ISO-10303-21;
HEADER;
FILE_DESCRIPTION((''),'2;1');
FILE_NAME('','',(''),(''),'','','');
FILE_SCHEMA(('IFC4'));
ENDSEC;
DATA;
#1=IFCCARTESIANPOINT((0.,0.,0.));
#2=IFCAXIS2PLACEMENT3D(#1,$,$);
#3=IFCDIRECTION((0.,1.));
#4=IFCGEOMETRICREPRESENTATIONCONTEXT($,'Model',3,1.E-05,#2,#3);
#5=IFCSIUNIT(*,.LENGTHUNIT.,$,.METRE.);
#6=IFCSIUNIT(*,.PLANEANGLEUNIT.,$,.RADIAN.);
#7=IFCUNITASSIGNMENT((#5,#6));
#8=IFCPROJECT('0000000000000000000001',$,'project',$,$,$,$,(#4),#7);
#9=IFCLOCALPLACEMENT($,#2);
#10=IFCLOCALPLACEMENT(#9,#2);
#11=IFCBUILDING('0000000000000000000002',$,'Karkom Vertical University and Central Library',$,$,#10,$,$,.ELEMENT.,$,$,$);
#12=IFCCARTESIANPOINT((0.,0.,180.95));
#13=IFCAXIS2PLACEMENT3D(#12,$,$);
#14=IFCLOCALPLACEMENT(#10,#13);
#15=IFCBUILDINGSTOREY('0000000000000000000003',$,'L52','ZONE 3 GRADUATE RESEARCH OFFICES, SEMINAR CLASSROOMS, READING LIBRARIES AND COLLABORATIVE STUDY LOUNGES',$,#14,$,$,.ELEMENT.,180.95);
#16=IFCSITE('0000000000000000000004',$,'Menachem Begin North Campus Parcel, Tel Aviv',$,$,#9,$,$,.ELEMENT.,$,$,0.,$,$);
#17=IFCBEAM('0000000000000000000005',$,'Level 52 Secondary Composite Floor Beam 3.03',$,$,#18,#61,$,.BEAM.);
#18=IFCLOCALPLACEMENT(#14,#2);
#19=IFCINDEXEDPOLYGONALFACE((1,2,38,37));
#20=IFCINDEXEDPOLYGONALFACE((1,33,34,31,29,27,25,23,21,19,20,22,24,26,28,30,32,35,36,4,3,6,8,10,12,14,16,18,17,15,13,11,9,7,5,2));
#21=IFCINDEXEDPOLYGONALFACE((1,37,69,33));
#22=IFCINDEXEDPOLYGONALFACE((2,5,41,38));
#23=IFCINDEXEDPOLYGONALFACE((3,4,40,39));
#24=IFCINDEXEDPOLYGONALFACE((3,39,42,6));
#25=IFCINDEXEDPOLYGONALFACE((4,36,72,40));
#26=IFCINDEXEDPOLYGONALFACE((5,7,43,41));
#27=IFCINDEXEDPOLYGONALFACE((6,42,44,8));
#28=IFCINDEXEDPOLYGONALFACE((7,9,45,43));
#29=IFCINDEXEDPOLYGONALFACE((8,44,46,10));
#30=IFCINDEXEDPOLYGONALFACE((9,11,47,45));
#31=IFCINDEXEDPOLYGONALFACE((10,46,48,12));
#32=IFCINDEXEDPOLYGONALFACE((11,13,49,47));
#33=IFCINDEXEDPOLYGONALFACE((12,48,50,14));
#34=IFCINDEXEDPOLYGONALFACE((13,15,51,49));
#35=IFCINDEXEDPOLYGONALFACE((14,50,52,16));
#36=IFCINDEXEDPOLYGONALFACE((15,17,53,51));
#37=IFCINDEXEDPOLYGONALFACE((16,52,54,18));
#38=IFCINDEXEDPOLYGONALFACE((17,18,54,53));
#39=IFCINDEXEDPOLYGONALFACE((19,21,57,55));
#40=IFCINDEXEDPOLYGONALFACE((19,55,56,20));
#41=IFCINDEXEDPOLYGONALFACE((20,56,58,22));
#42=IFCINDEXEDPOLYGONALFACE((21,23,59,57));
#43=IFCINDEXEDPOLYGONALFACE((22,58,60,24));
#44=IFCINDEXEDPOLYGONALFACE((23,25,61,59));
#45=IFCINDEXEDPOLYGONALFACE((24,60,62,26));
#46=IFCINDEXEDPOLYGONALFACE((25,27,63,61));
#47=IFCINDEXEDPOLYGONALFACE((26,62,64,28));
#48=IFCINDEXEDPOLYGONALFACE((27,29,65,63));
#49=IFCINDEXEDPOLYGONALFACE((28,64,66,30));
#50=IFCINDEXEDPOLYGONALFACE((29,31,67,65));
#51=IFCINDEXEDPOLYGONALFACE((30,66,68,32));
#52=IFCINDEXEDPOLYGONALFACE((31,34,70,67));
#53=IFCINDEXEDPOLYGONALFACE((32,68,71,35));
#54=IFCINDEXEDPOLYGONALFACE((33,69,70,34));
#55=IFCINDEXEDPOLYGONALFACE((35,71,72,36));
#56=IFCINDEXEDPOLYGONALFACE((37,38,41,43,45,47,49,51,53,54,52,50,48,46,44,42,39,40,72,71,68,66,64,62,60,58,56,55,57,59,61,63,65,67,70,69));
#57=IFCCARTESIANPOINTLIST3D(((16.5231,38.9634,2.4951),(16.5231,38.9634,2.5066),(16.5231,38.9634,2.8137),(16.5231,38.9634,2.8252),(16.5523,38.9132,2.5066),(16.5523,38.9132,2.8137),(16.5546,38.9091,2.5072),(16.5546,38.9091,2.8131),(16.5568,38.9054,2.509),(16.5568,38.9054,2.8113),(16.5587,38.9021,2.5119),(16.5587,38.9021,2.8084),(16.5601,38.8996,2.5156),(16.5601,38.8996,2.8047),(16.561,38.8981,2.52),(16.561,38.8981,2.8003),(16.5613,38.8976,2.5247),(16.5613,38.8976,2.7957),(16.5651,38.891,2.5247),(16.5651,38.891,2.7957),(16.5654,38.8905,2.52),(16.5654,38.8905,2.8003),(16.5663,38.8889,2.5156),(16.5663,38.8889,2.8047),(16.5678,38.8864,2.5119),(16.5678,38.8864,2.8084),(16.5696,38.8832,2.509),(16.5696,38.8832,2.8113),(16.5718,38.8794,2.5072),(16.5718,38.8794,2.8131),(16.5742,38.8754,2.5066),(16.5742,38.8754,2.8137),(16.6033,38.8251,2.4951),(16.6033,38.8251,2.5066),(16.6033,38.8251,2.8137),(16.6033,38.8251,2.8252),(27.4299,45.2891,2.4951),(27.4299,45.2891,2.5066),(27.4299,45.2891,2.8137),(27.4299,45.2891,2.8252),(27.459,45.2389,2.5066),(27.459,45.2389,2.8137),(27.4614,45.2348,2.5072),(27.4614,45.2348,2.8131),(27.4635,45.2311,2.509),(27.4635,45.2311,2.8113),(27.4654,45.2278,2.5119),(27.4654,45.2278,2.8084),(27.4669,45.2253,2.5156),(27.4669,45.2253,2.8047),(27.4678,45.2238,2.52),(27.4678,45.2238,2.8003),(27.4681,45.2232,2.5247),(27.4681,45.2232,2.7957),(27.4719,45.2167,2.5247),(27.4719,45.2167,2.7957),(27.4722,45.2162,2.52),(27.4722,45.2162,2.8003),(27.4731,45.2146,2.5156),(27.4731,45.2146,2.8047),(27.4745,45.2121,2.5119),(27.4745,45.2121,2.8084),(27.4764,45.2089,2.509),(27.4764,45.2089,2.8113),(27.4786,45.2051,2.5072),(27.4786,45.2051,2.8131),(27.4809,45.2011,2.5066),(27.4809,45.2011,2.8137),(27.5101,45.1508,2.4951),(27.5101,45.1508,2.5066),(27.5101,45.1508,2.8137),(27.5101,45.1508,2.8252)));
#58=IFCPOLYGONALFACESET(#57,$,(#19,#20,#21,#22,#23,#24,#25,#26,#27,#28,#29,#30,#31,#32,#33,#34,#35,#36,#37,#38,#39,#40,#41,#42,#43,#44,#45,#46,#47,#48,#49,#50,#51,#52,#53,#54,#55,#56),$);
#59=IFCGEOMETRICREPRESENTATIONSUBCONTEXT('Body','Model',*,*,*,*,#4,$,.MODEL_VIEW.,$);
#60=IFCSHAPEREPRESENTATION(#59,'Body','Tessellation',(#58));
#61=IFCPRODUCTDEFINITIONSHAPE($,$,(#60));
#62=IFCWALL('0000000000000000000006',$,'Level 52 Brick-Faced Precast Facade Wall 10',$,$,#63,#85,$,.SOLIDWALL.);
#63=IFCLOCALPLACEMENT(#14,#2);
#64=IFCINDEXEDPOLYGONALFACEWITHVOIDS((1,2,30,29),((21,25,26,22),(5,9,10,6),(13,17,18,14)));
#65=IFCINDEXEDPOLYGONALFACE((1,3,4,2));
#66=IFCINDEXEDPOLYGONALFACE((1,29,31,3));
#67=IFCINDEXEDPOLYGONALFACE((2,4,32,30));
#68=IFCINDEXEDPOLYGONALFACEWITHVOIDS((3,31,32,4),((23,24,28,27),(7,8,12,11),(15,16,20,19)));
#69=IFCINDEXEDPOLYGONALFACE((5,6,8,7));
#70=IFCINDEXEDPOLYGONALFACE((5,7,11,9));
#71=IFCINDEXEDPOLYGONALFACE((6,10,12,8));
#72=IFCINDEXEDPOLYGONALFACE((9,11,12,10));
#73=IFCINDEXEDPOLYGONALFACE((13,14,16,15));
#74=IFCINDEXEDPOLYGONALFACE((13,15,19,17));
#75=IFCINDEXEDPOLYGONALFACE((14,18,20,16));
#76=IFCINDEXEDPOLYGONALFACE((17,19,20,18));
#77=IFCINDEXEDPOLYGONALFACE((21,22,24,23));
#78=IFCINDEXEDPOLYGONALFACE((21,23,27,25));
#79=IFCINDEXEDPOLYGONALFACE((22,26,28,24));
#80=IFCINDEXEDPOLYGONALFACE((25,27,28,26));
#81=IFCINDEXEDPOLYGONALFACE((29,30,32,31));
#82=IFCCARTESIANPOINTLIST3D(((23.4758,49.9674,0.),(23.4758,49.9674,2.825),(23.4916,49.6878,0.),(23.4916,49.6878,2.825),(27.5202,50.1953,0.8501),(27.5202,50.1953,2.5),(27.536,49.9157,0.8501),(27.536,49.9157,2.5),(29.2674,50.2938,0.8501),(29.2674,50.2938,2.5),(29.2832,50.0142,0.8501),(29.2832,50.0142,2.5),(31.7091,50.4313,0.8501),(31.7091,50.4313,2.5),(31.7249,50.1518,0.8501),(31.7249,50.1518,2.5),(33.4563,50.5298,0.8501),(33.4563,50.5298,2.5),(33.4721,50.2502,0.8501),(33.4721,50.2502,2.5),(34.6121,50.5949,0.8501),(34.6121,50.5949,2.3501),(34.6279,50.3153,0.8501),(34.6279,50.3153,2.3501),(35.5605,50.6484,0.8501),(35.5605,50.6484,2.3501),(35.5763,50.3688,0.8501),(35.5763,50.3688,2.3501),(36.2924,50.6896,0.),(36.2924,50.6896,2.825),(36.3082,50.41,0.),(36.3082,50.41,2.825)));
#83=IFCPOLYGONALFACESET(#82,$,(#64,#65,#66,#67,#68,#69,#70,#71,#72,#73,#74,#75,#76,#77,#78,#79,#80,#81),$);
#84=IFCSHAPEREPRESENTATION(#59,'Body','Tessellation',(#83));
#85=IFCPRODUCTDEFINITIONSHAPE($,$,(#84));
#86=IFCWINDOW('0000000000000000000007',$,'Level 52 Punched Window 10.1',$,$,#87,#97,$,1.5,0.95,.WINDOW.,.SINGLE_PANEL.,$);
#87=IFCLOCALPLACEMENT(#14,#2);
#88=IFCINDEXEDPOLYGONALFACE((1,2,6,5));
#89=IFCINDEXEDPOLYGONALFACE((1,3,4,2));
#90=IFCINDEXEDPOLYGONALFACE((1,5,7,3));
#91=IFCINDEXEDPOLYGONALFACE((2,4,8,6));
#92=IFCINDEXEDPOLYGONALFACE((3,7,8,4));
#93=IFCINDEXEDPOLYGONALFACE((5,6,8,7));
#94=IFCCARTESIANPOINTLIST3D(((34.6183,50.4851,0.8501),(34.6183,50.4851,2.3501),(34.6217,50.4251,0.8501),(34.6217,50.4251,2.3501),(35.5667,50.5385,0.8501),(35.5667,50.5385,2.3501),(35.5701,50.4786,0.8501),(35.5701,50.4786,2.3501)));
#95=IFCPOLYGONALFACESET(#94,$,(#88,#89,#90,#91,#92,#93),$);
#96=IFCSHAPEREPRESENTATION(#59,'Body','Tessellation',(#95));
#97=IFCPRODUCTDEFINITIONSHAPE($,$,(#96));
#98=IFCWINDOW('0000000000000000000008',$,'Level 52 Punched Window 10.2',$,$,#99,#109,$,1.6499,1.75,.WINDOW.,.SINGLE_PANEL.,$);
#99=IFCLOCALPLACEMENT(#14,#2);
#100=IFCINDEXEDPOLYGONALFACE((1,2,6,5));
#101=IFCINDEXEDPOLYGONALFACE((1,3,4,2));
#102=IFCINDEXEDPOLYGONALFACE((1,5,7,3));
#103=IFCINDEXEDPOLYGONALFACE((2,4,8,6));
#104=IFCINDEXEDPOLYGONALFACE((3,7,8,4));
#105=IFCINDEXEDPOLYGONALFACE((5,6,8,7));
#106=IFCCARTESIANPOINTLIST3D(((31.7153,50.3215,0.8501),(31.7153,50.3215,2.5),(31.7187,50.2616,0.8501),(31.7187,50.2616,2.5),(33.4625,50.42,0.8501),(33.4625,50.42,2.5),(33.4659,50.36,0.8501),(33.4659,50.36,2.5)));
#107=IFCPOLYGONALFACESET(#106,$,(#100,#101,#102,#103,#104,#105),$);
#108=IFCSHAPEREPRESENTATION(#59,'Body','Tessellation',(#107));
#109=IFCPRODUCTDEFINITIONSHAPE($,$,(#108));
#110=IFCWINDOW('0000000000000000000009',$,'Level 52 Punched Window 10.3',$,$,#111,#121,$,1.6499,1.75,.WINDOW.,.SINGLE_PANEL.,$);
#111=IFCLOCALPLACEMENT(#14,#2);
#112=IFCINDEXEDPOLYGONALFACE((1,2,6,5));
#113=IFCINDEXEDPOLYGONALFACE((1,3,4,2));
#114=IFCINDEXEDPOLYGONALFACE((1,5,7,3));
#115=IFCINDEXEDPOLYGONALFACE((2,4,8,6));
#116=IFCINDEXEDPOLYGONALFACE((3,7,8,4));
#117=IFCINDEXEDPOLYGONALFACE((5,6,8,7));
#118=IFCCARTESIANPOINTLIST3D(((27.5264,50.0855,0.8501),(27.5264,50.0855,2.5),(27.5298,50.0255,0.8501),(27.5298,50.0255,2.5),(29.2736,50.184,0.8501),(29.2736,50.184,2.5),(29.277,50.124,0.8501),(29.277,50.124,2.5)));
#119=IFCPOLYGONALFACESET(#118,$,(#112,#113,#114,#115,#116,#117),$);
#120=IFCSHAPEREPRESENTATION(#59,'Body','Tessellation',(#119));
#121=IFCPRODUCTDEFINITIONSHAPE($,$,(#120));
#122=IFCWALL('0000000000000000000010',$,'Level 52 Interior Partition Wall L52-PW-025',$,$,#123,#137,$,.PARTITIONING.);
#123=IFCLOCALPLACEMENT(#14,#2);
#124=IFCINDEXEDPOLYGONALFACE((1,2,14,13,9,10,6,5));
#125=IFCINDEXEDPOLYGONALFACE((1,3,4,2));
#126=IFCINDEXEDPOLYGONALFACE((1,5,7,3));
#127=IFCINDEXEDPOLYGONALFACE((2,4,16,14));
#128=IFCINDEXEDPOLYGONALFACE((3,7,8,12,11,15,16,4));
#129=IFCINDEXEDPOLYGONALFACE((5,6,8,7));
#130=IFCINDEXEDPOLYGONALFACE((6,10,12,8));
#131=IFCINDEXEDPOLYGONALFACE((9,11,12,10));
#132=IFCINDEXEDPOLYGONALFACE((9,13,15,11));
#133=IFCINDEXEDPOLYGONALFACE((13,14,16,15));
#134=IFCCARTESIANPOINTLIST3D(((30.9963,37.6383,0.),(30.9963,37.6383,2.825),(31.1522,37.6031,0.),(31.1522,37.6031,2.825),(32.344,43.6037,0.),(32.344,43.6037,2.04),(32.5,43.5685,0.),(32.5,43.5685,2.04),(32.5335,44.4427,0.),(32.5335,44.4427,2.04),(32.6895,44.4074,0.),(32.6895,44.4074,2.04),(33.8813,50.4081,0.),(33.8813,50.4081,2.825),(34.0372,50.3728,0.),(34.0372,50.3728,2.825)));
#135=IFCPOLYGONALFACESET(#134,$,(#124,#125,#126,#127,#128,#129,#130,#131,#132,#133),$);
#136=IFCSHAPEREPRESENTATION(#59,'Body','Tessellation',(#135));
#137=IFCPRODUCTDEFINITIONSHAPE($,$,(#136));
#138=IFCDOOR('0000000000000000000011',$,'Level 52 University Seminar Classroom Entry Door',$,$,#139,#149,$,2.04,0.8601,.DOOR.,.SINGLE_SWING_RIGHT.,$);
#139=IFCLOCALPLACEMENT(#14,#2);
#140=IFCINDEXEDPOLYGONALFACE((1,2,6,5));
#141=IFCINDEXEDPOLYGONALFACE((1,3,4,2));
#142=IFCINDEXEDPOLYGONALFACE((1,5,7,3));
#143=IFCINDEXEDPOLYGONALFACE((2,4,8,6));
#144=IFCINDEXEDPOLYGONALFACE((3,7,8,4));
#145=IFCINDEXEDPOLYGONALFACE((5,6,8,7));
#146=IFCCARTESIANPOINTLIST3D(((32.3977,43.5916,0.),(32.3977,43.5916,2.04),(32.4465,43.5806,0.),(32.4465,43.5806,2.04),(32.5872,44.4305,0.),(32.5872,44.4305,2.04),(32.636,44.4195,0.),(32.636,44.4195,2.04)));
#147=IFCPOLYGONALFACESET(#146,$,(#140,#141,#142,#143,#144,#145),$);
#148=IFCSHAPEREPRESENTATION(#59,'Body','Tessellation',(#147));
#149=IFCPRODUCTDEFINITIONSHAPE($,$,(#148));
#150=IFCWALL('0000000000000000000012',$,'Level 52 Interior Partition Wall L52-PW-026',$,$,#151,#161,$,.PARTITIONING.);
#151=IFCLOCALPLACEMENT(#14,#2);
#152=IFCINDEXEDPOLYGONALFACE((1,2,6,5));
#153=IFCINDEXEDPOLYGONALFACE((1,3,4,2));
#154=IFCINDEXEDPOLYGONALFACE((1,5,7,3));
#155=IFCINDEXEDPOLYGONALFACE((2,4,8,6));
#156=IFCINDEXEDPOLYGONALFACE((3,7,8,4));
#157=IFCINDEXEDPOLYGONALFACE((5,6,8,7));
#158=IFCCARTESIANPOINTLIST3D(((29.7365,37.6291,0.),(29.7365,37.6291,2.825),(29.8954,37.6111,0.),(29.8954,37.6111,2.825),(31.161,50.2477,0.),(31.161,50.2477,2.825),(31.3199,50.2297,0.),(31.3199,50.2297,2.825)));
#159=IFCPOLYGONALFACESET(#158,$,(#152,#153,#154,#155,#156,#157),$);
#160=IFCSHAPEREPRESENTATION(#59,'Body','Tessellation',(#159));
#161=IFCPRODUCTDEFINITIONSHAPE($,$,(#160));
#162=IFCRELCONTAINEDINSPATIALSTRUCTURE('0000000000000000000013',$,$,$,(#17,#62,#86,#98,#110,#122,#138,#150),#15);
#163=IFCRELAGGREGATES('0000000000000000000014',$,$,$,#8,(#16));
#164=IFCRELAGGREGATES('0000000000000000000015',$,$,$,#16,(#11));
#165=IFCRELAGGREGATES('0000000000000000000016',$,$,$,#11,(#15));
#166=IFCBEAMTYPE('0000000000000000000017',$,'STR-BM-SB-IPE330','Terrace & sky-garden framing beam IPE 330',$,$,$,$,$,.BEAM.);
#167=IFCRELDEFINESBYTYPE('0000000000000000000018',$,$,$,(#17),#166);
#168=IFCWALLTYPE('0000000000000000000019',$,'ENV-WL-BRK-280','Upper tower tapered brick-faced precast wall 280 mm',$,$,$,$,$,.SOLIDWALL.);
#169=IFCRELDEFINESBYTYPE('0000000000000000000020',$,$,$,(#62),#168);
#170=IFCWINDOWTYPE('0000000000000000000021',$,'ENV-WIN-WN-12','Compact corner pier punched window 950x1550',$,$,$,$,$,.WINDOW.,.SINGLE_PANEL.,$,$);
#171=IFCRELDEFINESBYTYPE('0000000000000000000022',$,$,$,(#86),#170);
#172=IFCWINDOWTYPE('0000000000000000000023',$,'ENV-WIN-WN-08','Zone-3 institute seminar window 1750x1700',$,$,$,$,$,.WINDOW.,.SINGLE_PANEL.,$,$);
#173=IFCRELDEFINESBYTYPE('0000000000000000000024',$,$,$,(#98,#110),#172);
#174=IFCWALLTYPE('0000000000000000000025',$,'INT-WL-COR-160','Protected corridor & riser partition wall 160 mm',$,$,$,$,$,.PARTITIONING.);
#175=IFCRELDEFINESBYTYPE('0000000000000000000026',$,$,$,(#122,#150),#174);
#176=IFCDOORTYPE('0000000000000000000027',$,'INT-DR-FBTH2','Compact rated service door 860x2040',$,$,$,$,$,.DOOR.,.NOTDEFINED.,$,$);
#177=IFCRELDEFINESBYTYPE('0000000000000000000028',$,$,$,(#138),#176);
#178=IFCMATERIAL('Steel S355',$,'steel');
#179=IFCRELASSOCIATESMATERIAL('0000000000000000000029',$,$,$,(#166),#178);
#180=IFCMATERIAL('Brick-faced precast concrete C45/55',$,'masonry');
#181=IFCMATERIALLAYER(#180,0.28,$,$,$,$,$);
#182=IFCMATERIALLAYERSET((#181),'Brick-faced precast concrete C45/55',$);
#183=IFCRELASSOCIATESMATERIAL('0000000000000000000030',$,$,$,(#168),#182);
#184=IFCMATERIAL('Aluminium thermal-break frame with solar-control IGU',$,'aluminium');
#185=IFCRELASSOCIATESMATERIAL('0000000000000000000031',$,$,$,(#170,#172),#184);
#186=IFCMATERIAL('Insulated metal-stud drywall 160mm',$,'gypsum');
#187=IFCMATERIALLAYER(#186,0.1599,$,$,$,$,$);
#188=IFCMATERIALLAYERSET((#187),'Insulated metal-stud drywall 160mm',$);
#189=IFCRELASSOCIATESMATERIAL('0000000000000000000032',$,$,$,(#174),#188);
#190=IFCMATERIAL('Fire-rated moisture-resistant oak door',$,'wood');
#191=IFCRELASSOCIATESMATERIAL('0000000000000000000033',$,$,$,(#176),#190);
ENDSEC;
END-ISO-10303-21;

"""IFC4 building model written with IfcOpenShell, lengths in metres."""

from ifc_helpers import new_model, si_unit, direction, frame, frame_2d, origin, origin_with_axes, origin_2d, place, context, subcontext, project, spatial, rectangle, i_section, extrude, source, transform, mapped, material, layer, layer_set, material_profile, profile_set, type_object, element, fill, save


model = new_model("IFC4")

# Units and contexts
model_context = context("Model", 3, precision=1e-05, world=origin(), true_north=direction((0.0, 1.0)))
body_context = subcontext(model_context, "Body", "Model", "MODEL_VIEW")
ifc_project = project(units=[si_unit("LENGTHUNIT", "METRE"), si_unit("PLANEANGLEUNIT", "RADIAN")], contexts=[model_context])

# Site, building, storey
site_placement = place(None, origin())
site = spatial("IfcSite", under=ifc_project, at=site_placement, Name="Menachem Begin North Campus Parcel, Tel Aviv", CompositionType="ELEMENT", RefElevation=0.0)
building_placement = place(site_placement, origin())
building = spatial("IfcBuilding", under=site, at=building_placement, Name="Karkom Vertical University and Central Library", CompositionType="ELEMENT")
storey_placement = place(building_placement, frame((0.0, 0.0, 180.95)))
storey = spatial("IfcBuildingStorey", under=building, at=storey_placement, Name="L52", Description="ZONE 3 GRADUATE RESEARCH OFFICES, SEMINAR CLASSROOMS, READING LIBRARIES AND COLLABORATIVE STUDY LOUNGES", CompositionType="ELEMENT", Elevation=180.95)

# Beam
ifc_material_1 = material(Name="Steel S355", Category="steel")
ifc_material_profile_1 = material_profile(ifc_material_1, i_section(OverallWidth=0.1599, OverallDepth=0.3301, WebThickness=0.0076, FlangeThickness=0.0115, FilletRadius=0.0181, at=origin_2d()), Name="IPE 330")
ifc_profile_set_1 = profile_set([ifc_material_profile_1], Name="Steel S355")
beam_type_1 = type_object("IfcBeamType", Name="STR-BM-SB-IPE330", Description="Terrace & sky-garden framing beam IPE 330", PredefinedType="BEAM", material=ifc_profile_set_1)
shared_shape_1 = source(origin_with_axes(), body_context, "Body", "SweptSolid", [
    extrude(i_section(OverallWidth=0.1599, OverallDepth=0.3301, WebThickness=0.0076, FlangeThickness=0.0115, FilletRadius=0.0181, at=origin_2d()), origin(), (0.0, 0.0, 1.0), 12.6084),
])
beam_1_placement = place(storey_placement, frame((27.47, 45.22, 2.6602), z_axis=(-0.865039, -0.501705, 0.0), x_axis=(0.501705, -0.865039, 0.0)))
element("IfcBeam", 1, at=beam_1_placement, inside=storey, type_object=beam_type_1, Name="Level 52 Secondary Composite Floor Beam 3.03", PredefinedType="BEAM", context=body_context, shape_type="MappedRepresentation", body=[
    mapped(shared_shape_1, transform((0.0, 0.0, 0.0), scale=1.0)),
])

# Wall, openings, windows
ifc_material_2 = material(Name="Brick-faced precast concrete C45/55", Category="masonry")
ifc_layer_1 = layer(ifc_material_2, 0.28)
ifc_layer_set_1 = layer_set([ifc_layer_1], Name="Brick-faced precast concrete C45/55")
wall_type_1 = type_object("IfcWallType", Name="ENV-WL-BRK-280", Description="Upper tower tapered brick-faced precast wall 280 mm", PredefinedType="SOLIDWALL", material=ifc_layer_set_1)
wall_1_placement = place(storey_placement, frame((36.3003, 50.5498, 0.0), z_axis=(0.0, 0.0, 1.0), x_axis=(-0.998416, -0.056257, 0.0)))
wall_1 = element("IfcWall", 2, at=wall_1_placement, inside=storey, type_object=wall_type_1, Name="Level 52 Brick-Faced Precast Facade Wall 10", PredefinedType="SOLIDWALL", context=body_context, shape_type="SweptSolid", body=[
    extrude(rectangle(XDim=12.8369, YDim=0.28, at=frame_2d((6.4185, 0.0))), origin(), (0.0, 0.0, 1.0), 2.825),
])
opening_1_placement = place(wall_1_placement, frame((0.7329, 0.0, 0.8501)))
opening_1 = element("IfcOpeningElement", 3, at=opening_1_placement, cuts=wall_1, PredefinedType="OPENING", context=body_context, shape_type="SweptSolid", body=[
    extrude(rectangle(XDim=0.95, YDim=1.5, at=frame_2d((0.4751, 0.75))), frame((0.0, 0.1499, 0.0), z_axis=(0.0, -1.0, 0.0), x_axis=(1.0, 0.0, 0.0)), (0.0, 0.0, 1.0), 0.3),
])
opening_2_placement = place(wall_1_placement, frame((2.8406, 0.0, 0.8501)))
opening_2 = element("IfcOpeningElement", 4, at=opening_2_placement, cuts=wall_1, PredefinedType="OPENING", context=body_context, shape_type="SweptSolid", body=[
    extrude(rectangle(XDim=1.75, YDim=1.6499, at=frame_2d((0.875, 0.825))), frame((0.0, 0.1499, 0.0), z_axis=(0.0, -1.0, 0.0), x_axis=(1.0, 0.0, 0.0)), (0.0, 0.0, 1.0), 0.3),
])
opening_3_placement = place(wall_1_placement, frame((7.0361, 0.0, 0.8501)))
opening_3 = element("IfcOpeningElement", 5, at=opening_3_placement, cuts=wall_1, PredefinedType="OPENING", context=body_context, shape_type="SweptSolid", body=[
    extrude(rectangle(XDim=1.75, YDim=1.6499, at=frame_2d((0.875, 0.825))), frame((0.0, 0.1499, 0.0), z_axis=(0.0, -1.0, 0.0), x_axis=(1.0, 0.0, 0.0)), (0.0, 0.0, 1.0), 0.3),
])
ifc_material_3 = material(Name="Aluminium thermal-break frame with solar-control IGU", Category="aluminium")
window_type_1 = type_object("IfcWindowType", Name="ENV-WIN-WN-12", Description="Compact corner pier punched window 950x1550", PartitioningType="SINGLE_PANEL", PredefinedType="WINDOW", material=ifc_material_3)
shared_shape_2 = source(origin_with_axes(), body_context, "Body", "SweptSolid", [
    extrude(rectangle(XDim=0.95, YDim=1.5, at=frame_2d((0.4751, 0.75))), frame((0.0, 0.03, 0.0), z_axis=(0.0, -1.0, 0.0), x_axis=(1.0, 0.0, 0.0)), (0.0, 0.0, 1.0), 0.0601),
])
window_1_placement = place(opening_1_placement, origin())
window_1 = element("IfcWindow", 6, at=window_1_placement, inside=storey, type_object=window_type_1, Name="Level 52 Punched Window 10.1", OverallHeight=1.5, OverallWidth=0.95, PartitioningType="SINGLE_PANEL", PredefinedType="WINDOW", context=body_context, shape_type="MappedRepresentation", body=[
    mapped(shared_shape_2, transform((0.0, 0.0, 0.0), scale=1.0)),
])
fill(opening_1, window_1)
window_type_2 = type_object("IfcWindowType", Name="ENV-WIN-WN-08", Description="Zone-3 institute seminar window 1750x1700", PartitioningType="SINGLE_PANEL", PredefinedType="WINDOW", material=ifc_material_3)
shared_shape_3 = source(origin_with_axes(), body_context, "Body", "SweptSolid", [
    extrude(rectangle(XDim=1.75, YDim=1.6499, at=frame_2d((0.875, 0.825))), frame((0.0, 0.03, 0.0), z_axis=(0.0, -1.0, 0.0), x_axis=(1.0, 0.0, 0.0)), (0.0, 0.0, 1.0), 0.0601),
])
window_2_placement = place(opening_2_placement, origin())
window_2 = element("IfcWindow", 7, at=window_2_placement, inside=storey, type_object=window_type_2, Name="Level 52 Punched Window 10.2", OverallHeight=1.6499, OverallWidth=1.75, PartitioningType="SINGLE_PANEL", PredefinedType="WINDOW", context=body_context, shape_type="MappedRepresentation", body=[
    mapped(shared_shape_3, transform((0.0, 0.0, 0.0), scale=1.0)),
])
fill(opening_2, window_2)
window_3_placement = place(opening_3_placement, origin())
window_3 = element("IfcWindow", 8, at=window_3_placement, inside=storey, type_object=window_type_2, Name="Level 52 Punched Window 10.3", OverallHeight=1.6499, OverallWidth=1.75, PartitioningType="SINGLE_PANEL", PredefinedType="WINDOW", context=body_context, shape_type="MappedRepresentation", body=[
    mapped(shared_shape_3, transform((0.0, 0.0, 0.0), scale=1.0)),
])
fill(opening_3, window_3)

# Wall, opening, door
ifc_material_4 = material(Name="Insulated metal-stud drywall 160mm", Category="gypsum")
ifc_layer_2 = layer(ifc_material_4, 0.1599)
ifc_layer_set_2 = layer_set([ifc_layer_2], Name="Insulated metal-stud drywall 160mm")
wall_type_2 = type_object("IfcWallType", Name="INT-WL-COR-160", Description="Protected corridor & riser partition wall 160 mm", PredefinedType="PARTITIONING", material=ifc_layer_set_2)
wall_2_placement = place(storey_placement, frame((31.0742, 37.6206, 0.0), z_axis=(0.0, 0.0, 1.0), x_axis=(0.220371, 0.975416, 0.0)))
wall_2 = element("IfcWall", 9, at=wall_2_placement, inside=storey, type_object=wall_type_2, Name="Level 52 Interior Partition Wall L52-PW-025", PredefinedType="PARTITIONING", context=body_context, shape_type="SweptSolid", body=[
    extrude(rectangle(XDim=13.0916, YDim=0.1599, at=frame_2d((6.5459, 0.0))), origin(), (0.0, 0.0, 1.0), 2.825),
])
opening_4_placement = place(wall_2_placement, frame((6.1157, 0.0, 0.0)))
opening_4 = element("IfcOpeningElement", 10, at=opening_4_placement, cuts=wall_2, PredefinedType="OPENING", context=body_context, shape_type="SweptSolid", body=[
    extrude(rectangle(XDim=0.8601, YDim=2.04, at=frame_2d((0.4302, 1.02))), frame((0.0, 0.0898, 0.0), z_axis=(0.0, -1.0, 0.0), x_axis=(1.0, 0.0, 0.0)), (0.0, 0.0, 1.0), 0.1799),
])
ifc_material_5 = material(Name="Fire-rated moisture-resistant oak door", Category="wood")
door_type_1 = type_object("IfcDoorType", Name="INT-DR-FBTH2", Description="Compact rated service door 860x2040", OperationType="NOTDEFINED", PredefinedType="DOOR", material=ifc_material_5)
shared_shape_4 = source(origin_with_axes(), body_context, "Body", "SweptSolid", [
    extrude(rectangle(XDim=0.8601, YDim=2.04, at=frame_2d((0.4302, 1.02))), frame((0.0, 0.0249, 0.0), z_axis=(0.0, -1.0, 0.0), x_axis=(1.0, 0.0, 0.0)), (0.0, 0.0, 1.0), 0.05),
])
door_1_placement = place(opening_4_placement, origin())
door_1 = element("IfcDoor", 11, at=door_1_placement, inside=storey, type_object=door_type_1, Name="Level 52 University Seminar Classroom Entry Door", OperationType="SINGLE_SWING_RIGHT", OverallHeight=2.04, OverallWidth=0.8601, PredefinedType="DOOR", context=body_context, shape_type="MappedRepresentation", body=[
    mapped(shared_shape_4, transform((0.0, 0.0, 0.0), scale=1.0)),
])
fill(opening_4, door_1)

# Wall
wall_3_placement = place(storey_placement, frame((29.8159, 37.6201, 0.0), z_axis=(0.0, 0.0, 1.0), x_axis=(0.112181, 0.993688, 0.0)))
element("IfcWall", 12, at=wall_3_placement, inside=storey, type_object=wall_type_2, Name="Level 52 Interior Partition Wall L52-PW-026", PredefinedType="PARTITIONING", context=body_context, shape_type="SweptSolid", body=[
    extrude(rectangle(XDim=12.6987, YDim=0.1599, at=frame_2d((6.3494, 0.0))), origin(), (0.0, 0.0, 1.0), 2.825),
])

save(model, "model.ifc")
